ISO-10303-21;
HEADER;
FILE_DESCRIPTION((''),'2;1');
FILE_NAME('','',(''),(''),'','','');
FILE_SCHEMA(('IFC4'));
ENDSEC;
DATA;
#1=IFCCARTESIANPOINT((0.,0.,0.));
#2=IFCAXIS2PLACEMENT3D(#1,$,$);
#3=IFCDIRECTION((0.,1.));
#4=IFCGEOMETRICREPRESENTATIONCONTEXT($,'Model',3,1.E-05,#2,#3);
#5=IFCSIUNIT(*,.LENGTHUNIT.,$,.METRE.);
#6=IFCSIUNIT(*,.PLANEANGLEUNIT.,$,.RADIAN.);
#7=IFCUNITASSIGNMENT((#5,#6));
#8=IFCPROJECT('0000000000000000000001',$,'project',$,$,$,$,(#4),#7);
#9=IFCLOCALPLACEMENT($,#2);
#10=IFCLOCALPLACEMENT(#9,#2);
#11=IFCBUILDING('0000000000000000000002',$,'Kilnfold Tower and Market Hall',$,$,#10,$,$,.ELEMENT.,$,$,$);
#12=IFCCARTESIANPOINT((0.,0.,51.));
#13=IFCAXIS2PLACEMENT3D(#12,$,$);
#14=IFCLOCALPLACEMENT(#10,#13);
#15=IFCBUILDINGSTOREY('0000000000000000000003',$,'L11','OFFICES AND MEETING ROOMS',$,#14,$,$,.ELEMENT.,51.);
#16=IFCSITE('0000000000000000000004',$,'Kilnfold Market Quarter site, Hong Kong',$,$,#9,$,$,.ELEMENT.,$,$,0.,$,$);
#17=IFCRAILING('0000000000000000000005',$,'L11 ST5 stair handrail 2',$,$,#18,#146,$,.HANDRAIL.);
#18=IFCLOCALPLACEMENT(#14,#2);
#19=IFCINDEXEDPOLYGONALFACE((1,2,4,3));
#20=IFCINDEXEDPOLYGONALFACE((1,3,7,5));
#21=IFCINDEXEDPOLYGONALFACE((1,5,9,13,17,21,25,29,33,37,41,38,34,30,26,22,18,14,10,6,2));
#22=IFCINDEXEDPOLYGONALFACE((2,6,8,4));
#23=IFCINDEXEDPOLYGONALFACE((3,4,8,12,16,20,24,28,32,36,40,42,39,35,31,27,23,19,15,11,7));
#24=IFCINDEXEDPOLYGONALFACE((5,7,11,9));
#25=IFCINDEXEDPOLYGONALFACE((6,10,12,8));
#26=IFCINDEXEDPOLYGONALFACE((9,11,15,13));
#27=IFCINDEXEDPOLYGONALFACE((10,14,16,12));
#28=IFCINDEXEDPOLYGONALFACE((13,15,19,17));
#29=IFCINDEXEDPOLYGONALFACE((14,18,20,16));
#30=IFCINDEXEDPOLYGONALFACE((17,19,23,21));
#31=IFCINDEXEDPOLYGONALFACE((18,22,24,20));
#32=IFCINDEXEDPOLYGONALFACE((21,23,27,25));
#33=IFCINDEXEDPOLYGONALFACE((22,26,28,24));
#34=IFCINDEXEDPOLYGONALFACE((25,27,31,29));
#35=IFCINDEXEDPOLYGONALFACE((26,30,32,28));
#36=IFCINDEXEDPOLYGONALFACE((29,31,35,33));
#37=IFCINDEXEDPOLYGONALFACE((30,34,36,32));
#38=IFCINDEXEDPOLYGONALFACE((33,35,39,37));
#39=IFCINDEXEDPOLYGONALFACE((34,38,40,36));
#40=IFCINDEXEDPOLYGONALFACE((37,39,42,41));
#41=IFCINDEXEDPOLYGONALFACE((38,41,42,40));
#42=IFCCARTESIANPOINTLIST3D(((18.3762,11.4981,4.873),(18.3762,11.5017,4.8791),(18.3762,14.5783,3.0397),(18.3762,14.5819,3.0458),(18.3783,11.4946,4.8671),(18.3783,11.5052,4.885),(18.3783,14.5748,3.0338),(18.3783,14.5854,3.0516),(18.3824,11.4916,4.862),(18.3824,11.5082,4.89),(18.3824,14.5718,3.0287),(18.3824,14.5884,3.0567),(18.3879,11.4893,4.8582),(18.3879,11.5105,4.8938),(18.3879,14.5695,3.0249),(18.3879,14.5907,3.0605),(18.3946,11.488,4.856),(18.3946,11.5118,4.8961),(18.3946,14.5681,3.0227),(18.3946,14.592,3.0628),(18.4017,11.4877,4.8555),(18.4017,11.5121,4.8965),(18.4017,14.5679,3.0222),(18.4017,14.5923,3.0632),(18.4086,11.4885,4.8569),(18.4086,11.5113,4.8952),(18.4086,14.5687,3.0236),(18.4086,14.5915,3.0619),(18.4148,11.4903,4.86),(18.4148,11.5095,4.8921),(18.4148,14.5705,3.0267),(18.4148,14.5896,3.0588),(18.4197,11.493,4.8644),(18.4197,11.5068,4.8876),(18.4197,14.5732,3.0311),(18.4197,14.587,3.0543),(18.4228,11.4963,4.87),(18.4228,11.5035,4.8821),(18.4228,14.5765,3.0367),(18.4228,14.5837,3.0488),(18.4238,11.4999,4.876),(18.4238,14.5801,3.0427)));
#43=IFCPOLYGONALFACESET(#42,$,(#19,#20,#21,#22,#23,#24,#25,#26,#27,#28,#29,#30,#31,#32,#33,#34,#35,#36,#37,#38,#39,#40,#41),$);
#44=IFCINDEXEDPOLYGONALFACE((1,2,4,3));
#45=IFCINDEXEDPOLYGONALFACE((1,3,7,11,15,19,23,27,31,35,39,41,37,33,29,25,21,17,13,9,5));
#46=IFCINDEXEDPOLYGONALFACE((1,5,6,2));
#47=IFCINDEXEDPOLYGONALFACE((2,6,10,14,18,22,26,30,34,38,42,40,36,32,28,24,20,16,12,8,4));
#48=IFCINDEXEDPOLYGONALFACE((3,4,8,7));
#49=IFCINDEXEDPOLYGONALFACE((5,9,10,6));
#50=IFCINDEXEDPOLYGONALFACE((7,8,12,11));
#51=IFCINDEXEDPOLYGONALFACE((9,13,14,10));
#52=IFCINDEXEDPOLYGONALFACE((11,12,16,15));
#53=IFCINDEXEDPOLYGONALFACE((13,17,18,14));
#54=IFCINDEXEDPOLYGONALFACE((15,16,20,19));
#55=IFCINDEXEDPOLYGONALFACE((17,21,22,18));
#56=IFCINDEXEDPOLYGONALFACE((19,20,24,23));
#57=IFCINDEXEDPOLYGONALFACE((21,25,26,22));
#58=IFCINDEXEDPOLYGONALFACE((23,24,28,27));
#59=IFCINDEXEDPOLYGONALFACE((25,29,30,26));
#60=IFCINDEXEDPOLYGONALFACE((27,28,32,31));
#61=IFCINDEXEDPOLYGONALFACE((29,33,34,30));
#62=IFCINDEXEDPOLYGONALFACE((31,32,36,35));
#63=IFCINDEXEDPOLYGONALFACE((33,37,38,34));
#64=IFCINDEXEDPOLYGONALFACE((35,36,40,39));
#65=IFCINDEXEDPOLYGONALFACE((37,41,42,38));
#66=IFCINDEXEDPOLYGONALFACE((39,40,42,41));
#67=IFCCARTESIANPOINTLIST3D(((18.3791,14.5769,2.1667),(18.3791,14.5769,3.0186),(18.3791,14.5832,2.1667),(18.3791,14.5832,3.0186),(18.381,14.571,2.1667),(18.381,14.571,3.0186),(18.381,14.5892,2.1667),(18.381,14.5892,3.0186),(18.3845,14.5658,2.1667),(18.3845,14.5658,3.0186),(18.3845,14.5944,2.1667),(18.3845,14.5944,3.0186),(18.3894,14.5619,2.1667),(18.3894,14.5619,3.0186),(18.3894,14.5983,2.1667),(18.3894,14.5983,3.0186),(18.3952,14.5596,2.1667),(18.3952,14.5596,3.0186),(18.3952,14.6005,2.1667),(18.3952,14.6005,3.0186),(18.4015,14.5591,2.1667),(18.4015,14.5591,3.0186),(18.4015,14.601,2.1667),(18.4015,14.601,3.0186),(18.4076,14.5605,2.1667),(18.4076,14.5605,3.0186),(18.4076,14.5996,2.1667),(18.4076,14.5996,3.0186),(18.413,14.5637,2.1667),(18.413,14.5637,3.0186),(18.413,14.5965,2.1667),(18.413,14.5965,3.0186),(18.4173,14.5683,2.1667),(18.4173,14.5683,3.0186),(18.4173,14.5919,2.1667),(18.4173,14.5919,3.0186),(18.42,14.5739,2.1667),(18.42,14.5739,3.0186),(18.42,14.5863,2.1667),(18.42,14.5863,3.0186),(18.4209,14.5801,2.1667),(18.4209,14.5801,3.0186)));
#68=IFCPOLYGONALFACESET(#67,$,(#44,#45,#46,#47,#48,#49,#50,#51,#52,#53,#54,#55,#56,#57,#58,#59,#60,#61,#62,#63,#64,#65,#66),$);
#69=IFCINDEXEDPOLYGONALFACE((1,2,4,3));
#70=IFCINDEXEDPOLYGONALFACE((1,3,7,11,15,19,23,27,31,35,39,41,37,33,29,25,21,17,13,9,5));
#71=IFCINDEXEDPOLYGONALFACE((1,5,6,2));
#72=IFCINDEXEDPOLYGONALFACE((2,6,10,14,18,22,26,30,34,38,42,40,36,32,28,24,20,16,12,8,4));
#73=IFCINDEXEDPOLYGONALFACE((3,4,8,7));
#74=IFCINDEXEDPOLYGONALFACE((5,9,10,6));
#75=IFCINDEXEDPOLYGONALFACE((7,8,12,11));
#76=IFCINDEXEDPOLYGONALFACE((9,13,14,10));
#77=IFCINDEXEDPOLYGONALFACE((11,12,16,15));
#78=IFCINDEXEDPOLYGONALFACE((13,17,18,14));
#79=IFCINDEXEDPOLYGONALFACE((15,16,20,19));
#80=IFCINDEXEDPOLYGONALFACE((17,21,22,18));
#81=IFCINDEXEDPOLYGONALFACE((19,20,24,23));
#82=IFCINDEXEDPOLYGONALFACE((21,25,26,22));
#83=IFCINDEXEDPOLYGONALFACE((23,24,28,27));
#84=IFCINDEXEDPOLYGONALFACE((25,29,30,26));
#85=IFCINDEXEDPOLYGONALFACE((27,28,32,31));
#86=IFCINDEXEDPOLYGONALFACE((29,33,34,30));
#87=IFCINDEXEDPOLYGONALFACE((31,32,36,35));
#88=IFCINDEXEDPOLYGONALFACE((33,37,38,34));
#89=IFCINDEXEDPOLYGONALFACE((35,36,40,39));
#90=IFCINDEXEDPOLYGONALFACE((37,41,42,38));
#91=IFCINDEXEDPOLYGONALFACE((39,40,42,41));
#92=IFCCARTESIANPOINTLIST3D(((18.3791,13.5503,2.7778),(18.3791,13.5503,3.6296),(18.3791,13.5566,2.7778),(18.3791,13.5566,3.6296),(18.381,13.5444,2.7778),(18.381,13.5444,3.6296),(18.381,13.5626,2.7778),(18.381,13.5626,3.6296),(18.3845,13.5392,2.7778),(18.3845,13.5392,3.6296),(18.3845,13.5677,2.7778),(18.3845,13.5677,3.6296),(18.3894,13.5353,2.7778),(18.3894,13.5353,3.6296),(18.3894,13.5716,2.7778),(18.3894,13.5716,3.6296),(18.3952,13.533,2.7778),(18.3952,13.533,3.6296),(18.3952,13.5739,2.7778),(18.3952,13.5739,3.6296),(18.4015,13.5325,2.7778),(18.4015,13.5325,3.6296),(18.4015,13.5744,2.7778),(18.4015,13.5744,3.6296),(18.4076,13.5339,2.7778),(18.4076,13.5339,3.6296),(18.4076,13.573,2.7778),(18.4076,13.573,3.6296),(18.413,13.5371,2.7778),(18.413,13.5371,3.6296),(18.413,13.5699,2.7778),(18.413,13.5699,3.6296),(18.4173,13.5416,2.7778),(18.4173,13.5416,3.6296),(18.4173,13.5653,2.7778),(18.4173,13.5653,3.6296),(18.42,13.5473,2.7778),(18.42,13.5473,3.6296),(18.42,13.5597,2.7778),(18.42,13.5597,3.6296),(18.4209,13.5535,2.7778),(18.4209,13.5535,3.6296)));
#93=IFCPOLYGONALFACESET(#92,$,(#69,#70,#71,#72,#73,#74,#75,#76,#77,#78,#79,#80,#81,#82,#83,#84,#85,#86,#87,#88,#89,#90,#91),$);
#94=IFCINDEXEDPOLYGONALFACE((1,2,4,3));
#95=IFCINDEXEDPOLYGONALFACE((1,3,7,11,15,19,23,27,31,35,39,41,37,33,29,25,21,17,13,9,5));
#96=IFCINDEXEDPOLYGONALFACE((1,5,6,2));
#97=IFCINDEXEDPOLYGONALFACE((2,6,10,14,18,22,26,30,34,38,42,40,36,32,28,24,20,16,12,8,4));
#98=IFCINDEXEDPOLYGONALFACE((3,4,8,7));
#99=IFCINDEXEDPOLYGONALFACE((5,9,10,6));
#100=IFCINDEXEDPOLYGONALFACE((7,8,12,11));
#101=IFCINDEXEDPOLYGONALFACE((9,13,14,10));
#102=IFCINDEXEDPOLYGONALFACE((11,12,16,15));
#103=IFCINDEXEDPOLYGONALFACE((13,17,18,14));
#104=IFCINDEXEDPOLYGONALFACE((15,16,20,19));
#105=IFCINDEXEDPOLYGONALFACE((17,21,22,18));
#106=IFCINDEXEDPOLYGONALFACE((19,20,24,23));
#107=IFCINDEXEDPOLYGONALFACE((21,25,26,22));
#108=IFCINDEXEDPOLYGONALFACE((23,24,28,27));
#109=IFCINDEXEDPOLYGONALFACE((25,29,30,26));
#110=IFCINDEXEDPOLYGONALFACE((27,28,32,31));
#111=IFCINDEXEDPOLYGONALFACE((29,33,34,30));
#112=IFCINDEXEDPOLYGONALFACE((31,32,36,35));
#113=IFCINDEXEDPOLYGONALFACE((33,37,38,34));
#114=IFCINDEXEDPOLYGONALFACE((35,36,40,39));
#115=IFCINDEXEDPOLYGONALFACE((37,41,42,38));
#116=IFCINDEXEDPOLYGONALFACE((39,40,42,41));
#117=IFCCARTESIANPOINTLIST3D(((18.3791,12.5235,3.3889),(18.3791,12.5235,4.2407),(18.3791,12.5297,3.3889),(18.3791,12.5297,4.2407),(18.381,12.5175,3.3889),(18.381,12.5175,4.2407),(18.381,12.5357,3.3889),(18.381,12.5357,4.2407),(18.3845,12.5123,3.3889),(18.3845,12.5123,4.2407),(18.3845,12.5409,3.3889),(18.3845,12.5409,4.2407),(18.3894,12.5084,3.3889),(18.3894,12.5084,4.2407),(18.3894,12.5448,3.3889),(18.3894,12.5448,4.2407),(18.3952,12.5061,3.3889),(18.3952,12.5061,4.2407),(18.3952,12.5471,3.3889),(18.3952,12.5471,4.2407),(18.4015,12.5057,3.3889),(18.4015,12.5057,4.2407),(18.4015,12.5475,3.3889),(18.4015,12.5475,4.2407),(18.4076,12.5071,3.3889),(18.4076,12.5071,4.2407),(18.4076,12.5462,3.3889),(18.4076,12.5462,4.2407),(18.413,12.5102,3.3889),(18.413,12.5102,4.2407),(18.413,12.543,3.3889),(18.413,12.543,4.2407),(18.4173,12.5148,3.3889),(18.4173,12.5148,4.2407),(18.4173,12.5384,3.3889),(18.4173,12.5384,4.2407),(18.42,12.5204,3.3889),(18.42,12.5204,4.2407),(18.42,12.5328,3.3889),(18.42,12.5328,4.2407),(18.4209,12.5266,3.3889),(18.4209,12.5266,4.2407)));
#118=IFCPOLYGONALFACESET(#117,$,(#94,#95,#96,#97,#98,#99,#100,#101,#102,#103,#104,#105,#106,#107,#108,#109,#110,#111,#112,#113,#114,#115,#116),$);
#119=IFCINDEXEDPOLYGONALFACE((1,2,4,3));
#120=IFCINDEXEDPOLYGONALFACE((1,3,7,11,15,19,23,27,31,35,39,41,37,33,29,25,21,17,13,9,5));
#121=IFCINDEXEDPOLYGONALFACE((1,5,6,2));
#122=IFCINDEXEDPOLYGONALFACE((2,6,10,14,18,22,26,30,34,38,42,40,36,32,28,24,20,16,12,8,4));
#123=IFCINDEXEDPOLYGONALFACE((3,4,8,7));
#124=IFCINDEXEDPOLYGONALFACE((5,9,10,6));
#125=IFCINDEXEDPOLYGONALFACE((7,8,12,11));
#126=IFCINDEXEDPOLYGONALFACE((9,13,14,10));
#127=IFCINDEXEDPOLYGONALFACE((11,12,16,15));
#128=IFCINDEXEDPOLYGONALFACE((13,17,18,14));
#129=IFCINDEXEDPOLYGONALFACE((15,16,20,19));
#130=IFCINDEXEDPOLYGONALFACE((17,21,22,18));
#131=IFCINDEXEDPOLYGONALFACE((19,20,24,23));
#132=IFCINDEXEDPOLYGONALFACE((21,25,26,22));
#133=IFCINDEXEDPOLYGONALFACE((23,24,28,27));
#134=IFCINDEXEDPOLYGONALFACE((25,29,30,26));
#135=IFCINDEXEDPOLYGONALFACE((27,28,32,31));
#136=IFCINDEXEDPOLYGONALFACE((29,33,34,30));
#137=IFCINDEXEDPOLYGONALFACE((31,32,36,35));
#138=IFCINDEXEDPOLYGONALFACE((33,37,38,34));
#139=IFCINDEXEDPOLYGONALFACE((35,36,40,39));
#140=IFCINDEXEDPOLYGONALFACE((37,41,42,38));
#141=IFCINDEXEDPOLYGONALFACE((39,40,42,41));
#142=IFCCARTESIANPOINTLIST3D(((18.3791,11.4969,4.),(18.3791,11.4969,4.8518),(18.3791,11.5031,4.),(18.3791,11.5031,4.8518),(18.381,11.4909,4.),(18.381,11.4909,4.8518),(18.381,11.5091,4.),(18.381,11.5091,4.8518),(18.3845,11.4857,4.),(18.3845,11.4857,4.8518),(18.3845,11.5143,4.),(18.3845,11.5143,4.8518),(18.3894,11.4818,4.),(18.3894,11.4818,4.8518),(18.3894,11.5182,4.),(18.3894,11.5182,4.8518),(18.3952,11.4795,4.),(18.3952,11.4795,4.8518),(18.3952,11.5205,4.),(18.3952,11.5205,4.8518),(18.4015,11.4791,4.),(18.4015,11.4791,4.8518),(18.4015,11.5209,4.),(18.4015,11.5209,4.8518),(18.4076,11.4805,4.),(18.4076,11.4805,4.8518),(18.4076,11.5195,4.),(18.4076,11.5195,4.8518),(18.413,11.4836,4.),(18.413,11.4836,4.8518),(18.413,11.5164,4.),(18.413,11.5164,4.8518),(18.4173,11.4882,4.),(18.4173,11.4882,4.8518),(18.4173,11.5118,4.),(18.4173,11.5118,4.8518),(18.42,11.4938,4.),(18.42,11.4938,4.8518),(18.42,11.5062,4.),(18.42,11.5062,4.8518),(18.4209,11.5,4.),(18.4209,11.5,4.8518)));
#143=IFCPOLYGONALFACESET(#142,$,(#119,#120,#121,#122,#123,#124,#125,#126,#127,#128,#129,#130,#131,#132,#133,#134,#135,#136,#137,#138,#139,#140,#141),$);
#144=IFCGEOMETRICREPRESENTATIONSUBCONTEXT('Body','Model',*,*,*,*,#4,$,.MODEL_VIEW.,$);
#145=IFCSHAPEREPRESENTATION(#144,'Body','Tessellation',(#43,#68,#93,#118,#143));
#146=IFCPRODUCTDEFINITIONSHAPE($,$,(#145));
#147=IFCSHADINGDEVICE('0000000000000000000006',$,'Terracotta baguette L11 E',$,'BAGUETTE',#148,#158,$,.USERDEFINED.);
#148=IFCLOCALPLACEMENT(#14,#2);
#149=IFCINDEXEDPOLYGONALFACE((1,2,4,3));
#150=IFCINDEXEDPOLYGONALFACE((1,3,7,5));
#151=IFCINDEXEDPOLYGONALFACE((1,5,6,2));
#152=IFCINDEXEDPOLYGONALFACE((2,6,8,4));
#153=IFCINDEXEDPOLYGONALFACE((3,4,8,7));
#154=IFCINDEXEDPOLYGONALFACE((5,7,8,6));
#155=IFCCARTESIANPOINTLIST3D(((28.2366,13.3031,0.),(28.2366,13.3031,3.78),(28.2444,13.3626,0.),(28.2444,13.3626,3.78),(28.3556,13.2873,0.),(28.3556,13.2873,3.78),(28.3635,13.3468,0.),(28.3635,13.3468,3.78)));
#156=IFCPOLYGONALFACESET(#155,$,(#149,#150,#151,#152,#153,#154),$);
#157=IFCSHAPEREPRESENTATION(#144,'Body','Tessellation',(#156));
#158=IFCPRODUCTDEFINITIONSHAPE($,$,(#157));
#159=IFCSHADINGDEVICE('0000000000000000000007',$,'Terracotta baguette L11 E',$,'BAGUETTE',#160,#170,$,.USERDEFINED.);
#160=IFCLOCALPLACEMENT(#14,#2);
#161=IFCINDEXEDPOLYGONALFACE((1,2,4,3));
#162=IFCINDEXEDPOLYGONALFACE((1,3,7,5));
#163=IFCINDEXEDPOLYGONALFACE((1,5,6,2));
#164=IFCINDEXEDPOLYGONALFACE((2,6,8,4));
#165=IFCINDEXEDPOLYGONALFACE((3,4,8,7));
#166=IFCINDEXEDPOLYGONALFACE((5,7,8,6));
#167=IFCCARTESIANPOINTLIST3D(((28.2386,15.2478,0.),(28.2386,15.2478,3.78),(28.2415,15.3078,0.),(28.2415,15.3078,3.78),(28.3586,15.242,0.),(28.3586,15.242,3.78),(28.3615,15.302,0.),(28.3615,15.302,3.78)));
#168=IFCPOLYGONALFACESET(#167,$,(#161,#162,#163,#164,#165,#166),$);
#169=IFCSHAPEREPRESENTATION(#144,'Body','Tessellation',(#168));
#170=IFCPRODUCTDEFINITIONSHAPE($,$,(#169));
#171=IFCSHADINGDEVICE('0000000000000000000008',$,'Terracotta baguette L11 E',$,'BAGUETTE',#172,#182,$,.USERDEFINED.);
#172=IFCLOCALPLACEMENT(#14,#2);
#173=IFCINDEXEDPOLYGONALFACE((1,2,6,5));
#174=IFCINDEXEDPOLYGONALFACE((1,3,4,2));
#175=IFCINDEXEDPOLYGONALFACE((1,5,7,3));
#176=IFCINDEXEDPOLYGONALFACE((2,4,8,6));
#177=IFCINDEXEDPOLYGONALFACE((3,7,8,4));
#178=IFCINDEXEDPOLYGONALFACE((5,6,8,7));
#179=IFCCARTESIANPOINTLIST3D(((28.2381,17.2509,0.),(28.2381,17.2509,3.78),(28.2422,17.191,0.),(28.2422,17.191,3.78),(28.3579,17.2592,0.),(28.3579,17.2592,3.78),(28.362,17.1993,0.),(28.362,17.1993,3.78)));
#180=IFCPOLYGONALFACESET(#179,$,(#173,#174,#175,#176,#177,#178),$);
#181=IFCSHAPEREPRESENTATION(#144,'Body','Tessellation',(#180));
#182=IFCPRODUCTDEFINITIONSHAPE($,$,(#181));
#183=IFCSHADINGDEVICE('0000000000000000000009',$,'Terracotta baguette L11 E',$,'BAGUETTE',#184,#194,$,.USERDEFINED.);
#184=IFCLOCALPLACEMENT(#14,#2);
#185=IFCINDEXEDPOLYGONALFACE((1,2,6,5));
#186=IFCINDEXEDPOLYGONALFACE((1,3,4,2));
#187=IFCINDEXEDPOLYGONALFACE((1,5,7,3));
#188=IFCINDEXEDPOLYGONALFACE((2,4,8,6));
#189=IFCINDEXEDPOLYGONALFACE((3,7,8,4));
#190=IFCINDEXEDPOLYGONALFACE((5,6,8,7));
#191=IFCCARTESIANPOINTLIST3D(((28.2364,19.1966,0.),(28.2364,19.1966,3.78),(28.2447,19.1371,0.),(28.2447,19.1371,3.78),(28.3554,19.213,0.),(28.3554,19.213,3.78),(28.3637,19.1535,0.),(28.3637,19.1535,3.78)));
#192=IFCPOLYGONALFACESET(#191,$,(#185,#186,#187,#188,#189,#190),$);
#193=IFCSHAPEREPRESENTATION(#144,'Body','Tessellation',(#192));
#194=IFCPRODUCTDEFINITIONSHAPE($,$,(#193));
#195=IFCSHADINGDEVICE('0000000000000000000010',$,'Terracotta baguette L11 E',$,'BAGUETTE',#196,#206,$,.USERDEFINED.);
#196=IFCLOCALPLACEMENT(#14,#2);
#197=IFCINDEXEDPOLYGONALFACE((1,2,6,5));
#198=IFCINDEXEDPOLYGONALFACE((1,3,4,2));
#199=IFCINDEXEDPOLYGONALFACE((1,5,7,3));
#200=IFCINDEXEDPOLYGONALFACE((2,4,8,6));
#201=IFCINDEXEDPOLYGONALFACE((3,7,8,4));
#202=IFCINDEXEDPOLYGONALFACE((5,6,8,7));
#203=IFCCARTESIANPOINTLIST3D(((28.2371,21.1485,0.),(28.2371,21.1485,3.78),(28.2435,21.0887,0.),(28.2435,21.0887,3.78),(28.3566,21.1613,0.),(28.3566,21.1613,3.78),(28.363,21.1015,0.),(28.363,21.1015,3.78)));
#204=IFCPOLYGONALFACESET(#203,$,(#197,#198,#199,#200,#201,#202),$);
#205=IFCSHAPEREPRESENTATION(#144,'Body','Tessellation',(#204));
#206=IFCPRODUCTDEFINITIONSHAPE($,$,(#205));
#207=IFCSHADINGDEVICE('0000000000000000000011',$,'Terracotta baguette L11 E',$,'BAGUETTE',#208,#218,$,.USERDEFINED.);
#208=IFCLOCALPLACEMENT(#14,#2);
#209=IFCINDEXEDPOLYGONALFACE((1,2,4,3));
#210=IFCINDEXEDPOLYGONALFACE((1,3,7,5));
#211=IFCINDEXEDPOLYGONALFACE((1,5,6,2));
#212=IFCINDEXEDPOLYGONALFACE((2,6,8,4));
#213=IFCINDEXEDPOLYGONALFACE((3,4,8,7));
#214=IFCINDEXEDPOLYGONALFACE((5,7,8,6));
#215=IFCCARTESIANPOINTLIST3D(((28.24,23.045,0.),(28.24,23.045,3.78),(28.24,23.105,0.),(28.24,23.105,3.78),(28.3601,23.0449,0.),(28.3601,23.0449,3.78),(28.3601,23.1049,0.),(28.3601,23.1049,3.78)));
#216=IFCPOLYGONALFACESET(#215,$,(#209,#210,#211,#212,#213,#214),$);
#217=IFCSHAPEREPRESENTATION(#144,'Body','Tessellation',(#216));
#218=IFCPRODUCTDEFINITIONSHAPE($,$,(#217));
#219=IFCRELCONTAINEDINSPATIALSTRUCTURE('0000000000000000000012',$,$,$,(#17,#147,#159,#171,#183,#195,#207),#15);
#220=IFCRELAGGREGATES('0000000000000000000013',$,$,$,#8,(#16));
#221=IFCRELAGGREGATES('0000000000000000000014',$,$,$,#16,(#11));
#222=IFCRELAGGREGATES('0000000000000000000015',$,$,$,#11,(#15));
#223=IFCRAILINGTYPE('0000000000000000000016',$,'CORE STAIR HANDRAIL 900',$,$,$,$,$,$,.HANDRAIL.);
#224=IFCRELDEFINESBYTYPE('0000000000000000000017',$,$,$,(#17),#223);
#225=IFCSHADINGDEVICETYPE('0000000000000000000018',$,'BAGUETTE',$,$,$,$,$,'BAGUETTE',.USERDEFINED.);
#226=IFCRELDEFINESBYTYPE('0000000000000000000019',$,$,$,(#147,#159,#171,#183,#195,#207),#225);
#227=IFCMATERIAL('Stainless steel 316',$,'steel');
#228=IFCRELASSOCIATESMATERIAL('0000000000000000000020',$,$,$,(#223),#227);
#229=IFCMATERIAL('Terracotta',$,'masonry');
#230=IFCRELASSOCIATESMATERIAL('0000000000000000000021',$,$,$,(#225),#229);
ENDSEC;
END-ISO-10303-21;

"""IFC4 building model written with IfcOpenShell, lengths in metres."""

from ifc_helpers import new_model, si_unit, direction, frame, origin, origin_2d, place, context, subcontext, project, spatial, rectangle, circle, extrude, source, transform, mapped, material, material_profile, profile_set, type_object, element, save


model = new_model("IFC4")

# Units and contexts
model_context = context("Model", 3, precision=1e-05, world=origin(), true_north=direction((0.0, 1.0)))
body_context = subcontext(model_context, "Body", "Model", "MODEL_VIEW")
ifc_project = project(units=[si_unit("LENGTHUNIT", "METRE"), si_unit("PLANEANGLEUNIT", "RADIAN")], contexts=[model_context])

# Site, building, storey
site_placement = place(None, origin())
site = spatial("IfcSite", under=ifc_project, at=site_placement, Name="Kilnfold Market Quarter site, Hong Kong", CompositionType="ELEMENT", RefElevation=0.0)
building_placement = place(site_placement, origin())
building = spatial("IfcBuilding", under=site, at=building_placement, Name="Kilnfold Tower and Market Hall", CompositionType="ELEMENT")
storey_placement = place(building_placement, frame((0.0, 0.0, 51.0)))
storey = spatial("IfcBuildingStorey", under=building, at=storey_placement, Name="L11", Description="OFFICES AND MEETING ROOMS", CompositionType="ELEMENT", Elevation=51.0)

# Railing
ifc_material_1 = material(Name="Stainless steel 316", Category="steel")
railing_type_1 = type_object("IfcRailingType", Name="CORE STAIR HANDRAIL 900", PredefinedType="HANDRAIL", material=ifc_material_1)
railing_1_placement = place(storey_placement, frame((18.3999, 14.5801, 2.1667)))
element("IfcRailing", 1, at=railing_1_placement, inside=storey, type_object=railing_type_1, Name="L11 ST5 stair handrail 2", PredefinedType="HANDRAIL", context=body_context, shape_type="SweptSolid", body=[
    extrude(circle(Radius=0.0239, at=origin_2d()), frame((0.0, 0.0, 0.876), z_axis=(0.0, -0.859309, 0.511458), x_axis=(1.0, 0.0, 0.0)), (0.0, 0.0, 1.0), 3.5845),
    extrude(circle(Radius=0.021, at=origin_2d()), origin(), (0.0, 0.0, 1.0), 0.8518),
    extrude(circle(Radius=0.021, at=origin_2d()), frame((0.0, -1.0266, 0.6111)), (0.0, 0.0, 1.0), 0.8518),
    extrude(circle(Radius=0.021, at=origin_2d()), frame((0.0, -2.0535, 1.2222)), (0.0, 0.0, 1.0), 0.8518),
    extrude(circle(Radius=0.021, at=origin_2d()), frame((0.0, -3.0801, 1.8333)), (0.0, 0.0, 1.0), 0.8518),
])

# Shading devices
ifc_material_2 = material(Name="Terracotta", Category="masonry")
ifc_material_profile_1 = material_profile(ifc_material_2, rectangle(XDim=0.0601, YDim=0.1201, at=origin_2d()), Name="BAG 60x120")
ifc_profile_set_1 = profile_set([ifc_material_profile_1], Name="Terracotta")
shading_device_type = type_object("IfcShadingDeviceType", Name="BAGUETTE", ElementType="BAGUETTE", PredefinedType="USERDEFINED", material=ifc_profile_set_1)
shared_shape_1 = source(origin(), body_context, "Body", "SweptSolid", [
    extrude(rectangle(XDim=0.0601, YDim=0.1201, at=origin_2d()), origin(), (0.0, 0.0, 1.0), 3.78),
])
for number, where, z_axis, x_axis, name in (
    (2, (28.3, 13.325, 0.0), (0.0, 0.0, 1.0), (0.131187, 0.991358, 0.0), "Terracotta baguette L11 E"),
    (3, (28.3, 15.2749, 0.0), (0.0, 0.0, 1.0), (0.04841, 0.998828, 0.0), "Terracotta baguette L11 E"),
    (4, (28.3, 17.2251, 0.0), (0.0, 0.0, 1.0), (-0.069436, 0.997586, 0.0), "Terracotta baguette L11 E"),
    (5, (28.3, 19.175, 0.0), (0.0, 0.0, 1.0), (-0.137068, 0.990562, 0.0), "Terracotta baguette L11 E"),
    (6, (28.3, 21.125, 0.0), (0.0, 0.0, 1.0), (-0.106549, 0.994307, 0.0), "Terracotta baguette L11 E"),
    (7, (28.3, 23.075, 0.0), (0.0, 0.0, 1.0), (0.000674, 1.0, 0.0), "Terracotta baguette L11 E"),
):
    element("IfcShadingDevice", number, at=place(storey_placement, frame(where, z_axis=z_axis, x_axis=x_axis)), inside=storey, type_object=shading_device_type, Name=name, ObjectType="BAGUETTE", PredefinedType="USERDEFINED", context=body_context, shape_type="MappedRepresentation", body=[
        mapped(shared_shape_1, transform((0.0, 0.0, 0.0))),
    ])

save(model, "model.ifc")
